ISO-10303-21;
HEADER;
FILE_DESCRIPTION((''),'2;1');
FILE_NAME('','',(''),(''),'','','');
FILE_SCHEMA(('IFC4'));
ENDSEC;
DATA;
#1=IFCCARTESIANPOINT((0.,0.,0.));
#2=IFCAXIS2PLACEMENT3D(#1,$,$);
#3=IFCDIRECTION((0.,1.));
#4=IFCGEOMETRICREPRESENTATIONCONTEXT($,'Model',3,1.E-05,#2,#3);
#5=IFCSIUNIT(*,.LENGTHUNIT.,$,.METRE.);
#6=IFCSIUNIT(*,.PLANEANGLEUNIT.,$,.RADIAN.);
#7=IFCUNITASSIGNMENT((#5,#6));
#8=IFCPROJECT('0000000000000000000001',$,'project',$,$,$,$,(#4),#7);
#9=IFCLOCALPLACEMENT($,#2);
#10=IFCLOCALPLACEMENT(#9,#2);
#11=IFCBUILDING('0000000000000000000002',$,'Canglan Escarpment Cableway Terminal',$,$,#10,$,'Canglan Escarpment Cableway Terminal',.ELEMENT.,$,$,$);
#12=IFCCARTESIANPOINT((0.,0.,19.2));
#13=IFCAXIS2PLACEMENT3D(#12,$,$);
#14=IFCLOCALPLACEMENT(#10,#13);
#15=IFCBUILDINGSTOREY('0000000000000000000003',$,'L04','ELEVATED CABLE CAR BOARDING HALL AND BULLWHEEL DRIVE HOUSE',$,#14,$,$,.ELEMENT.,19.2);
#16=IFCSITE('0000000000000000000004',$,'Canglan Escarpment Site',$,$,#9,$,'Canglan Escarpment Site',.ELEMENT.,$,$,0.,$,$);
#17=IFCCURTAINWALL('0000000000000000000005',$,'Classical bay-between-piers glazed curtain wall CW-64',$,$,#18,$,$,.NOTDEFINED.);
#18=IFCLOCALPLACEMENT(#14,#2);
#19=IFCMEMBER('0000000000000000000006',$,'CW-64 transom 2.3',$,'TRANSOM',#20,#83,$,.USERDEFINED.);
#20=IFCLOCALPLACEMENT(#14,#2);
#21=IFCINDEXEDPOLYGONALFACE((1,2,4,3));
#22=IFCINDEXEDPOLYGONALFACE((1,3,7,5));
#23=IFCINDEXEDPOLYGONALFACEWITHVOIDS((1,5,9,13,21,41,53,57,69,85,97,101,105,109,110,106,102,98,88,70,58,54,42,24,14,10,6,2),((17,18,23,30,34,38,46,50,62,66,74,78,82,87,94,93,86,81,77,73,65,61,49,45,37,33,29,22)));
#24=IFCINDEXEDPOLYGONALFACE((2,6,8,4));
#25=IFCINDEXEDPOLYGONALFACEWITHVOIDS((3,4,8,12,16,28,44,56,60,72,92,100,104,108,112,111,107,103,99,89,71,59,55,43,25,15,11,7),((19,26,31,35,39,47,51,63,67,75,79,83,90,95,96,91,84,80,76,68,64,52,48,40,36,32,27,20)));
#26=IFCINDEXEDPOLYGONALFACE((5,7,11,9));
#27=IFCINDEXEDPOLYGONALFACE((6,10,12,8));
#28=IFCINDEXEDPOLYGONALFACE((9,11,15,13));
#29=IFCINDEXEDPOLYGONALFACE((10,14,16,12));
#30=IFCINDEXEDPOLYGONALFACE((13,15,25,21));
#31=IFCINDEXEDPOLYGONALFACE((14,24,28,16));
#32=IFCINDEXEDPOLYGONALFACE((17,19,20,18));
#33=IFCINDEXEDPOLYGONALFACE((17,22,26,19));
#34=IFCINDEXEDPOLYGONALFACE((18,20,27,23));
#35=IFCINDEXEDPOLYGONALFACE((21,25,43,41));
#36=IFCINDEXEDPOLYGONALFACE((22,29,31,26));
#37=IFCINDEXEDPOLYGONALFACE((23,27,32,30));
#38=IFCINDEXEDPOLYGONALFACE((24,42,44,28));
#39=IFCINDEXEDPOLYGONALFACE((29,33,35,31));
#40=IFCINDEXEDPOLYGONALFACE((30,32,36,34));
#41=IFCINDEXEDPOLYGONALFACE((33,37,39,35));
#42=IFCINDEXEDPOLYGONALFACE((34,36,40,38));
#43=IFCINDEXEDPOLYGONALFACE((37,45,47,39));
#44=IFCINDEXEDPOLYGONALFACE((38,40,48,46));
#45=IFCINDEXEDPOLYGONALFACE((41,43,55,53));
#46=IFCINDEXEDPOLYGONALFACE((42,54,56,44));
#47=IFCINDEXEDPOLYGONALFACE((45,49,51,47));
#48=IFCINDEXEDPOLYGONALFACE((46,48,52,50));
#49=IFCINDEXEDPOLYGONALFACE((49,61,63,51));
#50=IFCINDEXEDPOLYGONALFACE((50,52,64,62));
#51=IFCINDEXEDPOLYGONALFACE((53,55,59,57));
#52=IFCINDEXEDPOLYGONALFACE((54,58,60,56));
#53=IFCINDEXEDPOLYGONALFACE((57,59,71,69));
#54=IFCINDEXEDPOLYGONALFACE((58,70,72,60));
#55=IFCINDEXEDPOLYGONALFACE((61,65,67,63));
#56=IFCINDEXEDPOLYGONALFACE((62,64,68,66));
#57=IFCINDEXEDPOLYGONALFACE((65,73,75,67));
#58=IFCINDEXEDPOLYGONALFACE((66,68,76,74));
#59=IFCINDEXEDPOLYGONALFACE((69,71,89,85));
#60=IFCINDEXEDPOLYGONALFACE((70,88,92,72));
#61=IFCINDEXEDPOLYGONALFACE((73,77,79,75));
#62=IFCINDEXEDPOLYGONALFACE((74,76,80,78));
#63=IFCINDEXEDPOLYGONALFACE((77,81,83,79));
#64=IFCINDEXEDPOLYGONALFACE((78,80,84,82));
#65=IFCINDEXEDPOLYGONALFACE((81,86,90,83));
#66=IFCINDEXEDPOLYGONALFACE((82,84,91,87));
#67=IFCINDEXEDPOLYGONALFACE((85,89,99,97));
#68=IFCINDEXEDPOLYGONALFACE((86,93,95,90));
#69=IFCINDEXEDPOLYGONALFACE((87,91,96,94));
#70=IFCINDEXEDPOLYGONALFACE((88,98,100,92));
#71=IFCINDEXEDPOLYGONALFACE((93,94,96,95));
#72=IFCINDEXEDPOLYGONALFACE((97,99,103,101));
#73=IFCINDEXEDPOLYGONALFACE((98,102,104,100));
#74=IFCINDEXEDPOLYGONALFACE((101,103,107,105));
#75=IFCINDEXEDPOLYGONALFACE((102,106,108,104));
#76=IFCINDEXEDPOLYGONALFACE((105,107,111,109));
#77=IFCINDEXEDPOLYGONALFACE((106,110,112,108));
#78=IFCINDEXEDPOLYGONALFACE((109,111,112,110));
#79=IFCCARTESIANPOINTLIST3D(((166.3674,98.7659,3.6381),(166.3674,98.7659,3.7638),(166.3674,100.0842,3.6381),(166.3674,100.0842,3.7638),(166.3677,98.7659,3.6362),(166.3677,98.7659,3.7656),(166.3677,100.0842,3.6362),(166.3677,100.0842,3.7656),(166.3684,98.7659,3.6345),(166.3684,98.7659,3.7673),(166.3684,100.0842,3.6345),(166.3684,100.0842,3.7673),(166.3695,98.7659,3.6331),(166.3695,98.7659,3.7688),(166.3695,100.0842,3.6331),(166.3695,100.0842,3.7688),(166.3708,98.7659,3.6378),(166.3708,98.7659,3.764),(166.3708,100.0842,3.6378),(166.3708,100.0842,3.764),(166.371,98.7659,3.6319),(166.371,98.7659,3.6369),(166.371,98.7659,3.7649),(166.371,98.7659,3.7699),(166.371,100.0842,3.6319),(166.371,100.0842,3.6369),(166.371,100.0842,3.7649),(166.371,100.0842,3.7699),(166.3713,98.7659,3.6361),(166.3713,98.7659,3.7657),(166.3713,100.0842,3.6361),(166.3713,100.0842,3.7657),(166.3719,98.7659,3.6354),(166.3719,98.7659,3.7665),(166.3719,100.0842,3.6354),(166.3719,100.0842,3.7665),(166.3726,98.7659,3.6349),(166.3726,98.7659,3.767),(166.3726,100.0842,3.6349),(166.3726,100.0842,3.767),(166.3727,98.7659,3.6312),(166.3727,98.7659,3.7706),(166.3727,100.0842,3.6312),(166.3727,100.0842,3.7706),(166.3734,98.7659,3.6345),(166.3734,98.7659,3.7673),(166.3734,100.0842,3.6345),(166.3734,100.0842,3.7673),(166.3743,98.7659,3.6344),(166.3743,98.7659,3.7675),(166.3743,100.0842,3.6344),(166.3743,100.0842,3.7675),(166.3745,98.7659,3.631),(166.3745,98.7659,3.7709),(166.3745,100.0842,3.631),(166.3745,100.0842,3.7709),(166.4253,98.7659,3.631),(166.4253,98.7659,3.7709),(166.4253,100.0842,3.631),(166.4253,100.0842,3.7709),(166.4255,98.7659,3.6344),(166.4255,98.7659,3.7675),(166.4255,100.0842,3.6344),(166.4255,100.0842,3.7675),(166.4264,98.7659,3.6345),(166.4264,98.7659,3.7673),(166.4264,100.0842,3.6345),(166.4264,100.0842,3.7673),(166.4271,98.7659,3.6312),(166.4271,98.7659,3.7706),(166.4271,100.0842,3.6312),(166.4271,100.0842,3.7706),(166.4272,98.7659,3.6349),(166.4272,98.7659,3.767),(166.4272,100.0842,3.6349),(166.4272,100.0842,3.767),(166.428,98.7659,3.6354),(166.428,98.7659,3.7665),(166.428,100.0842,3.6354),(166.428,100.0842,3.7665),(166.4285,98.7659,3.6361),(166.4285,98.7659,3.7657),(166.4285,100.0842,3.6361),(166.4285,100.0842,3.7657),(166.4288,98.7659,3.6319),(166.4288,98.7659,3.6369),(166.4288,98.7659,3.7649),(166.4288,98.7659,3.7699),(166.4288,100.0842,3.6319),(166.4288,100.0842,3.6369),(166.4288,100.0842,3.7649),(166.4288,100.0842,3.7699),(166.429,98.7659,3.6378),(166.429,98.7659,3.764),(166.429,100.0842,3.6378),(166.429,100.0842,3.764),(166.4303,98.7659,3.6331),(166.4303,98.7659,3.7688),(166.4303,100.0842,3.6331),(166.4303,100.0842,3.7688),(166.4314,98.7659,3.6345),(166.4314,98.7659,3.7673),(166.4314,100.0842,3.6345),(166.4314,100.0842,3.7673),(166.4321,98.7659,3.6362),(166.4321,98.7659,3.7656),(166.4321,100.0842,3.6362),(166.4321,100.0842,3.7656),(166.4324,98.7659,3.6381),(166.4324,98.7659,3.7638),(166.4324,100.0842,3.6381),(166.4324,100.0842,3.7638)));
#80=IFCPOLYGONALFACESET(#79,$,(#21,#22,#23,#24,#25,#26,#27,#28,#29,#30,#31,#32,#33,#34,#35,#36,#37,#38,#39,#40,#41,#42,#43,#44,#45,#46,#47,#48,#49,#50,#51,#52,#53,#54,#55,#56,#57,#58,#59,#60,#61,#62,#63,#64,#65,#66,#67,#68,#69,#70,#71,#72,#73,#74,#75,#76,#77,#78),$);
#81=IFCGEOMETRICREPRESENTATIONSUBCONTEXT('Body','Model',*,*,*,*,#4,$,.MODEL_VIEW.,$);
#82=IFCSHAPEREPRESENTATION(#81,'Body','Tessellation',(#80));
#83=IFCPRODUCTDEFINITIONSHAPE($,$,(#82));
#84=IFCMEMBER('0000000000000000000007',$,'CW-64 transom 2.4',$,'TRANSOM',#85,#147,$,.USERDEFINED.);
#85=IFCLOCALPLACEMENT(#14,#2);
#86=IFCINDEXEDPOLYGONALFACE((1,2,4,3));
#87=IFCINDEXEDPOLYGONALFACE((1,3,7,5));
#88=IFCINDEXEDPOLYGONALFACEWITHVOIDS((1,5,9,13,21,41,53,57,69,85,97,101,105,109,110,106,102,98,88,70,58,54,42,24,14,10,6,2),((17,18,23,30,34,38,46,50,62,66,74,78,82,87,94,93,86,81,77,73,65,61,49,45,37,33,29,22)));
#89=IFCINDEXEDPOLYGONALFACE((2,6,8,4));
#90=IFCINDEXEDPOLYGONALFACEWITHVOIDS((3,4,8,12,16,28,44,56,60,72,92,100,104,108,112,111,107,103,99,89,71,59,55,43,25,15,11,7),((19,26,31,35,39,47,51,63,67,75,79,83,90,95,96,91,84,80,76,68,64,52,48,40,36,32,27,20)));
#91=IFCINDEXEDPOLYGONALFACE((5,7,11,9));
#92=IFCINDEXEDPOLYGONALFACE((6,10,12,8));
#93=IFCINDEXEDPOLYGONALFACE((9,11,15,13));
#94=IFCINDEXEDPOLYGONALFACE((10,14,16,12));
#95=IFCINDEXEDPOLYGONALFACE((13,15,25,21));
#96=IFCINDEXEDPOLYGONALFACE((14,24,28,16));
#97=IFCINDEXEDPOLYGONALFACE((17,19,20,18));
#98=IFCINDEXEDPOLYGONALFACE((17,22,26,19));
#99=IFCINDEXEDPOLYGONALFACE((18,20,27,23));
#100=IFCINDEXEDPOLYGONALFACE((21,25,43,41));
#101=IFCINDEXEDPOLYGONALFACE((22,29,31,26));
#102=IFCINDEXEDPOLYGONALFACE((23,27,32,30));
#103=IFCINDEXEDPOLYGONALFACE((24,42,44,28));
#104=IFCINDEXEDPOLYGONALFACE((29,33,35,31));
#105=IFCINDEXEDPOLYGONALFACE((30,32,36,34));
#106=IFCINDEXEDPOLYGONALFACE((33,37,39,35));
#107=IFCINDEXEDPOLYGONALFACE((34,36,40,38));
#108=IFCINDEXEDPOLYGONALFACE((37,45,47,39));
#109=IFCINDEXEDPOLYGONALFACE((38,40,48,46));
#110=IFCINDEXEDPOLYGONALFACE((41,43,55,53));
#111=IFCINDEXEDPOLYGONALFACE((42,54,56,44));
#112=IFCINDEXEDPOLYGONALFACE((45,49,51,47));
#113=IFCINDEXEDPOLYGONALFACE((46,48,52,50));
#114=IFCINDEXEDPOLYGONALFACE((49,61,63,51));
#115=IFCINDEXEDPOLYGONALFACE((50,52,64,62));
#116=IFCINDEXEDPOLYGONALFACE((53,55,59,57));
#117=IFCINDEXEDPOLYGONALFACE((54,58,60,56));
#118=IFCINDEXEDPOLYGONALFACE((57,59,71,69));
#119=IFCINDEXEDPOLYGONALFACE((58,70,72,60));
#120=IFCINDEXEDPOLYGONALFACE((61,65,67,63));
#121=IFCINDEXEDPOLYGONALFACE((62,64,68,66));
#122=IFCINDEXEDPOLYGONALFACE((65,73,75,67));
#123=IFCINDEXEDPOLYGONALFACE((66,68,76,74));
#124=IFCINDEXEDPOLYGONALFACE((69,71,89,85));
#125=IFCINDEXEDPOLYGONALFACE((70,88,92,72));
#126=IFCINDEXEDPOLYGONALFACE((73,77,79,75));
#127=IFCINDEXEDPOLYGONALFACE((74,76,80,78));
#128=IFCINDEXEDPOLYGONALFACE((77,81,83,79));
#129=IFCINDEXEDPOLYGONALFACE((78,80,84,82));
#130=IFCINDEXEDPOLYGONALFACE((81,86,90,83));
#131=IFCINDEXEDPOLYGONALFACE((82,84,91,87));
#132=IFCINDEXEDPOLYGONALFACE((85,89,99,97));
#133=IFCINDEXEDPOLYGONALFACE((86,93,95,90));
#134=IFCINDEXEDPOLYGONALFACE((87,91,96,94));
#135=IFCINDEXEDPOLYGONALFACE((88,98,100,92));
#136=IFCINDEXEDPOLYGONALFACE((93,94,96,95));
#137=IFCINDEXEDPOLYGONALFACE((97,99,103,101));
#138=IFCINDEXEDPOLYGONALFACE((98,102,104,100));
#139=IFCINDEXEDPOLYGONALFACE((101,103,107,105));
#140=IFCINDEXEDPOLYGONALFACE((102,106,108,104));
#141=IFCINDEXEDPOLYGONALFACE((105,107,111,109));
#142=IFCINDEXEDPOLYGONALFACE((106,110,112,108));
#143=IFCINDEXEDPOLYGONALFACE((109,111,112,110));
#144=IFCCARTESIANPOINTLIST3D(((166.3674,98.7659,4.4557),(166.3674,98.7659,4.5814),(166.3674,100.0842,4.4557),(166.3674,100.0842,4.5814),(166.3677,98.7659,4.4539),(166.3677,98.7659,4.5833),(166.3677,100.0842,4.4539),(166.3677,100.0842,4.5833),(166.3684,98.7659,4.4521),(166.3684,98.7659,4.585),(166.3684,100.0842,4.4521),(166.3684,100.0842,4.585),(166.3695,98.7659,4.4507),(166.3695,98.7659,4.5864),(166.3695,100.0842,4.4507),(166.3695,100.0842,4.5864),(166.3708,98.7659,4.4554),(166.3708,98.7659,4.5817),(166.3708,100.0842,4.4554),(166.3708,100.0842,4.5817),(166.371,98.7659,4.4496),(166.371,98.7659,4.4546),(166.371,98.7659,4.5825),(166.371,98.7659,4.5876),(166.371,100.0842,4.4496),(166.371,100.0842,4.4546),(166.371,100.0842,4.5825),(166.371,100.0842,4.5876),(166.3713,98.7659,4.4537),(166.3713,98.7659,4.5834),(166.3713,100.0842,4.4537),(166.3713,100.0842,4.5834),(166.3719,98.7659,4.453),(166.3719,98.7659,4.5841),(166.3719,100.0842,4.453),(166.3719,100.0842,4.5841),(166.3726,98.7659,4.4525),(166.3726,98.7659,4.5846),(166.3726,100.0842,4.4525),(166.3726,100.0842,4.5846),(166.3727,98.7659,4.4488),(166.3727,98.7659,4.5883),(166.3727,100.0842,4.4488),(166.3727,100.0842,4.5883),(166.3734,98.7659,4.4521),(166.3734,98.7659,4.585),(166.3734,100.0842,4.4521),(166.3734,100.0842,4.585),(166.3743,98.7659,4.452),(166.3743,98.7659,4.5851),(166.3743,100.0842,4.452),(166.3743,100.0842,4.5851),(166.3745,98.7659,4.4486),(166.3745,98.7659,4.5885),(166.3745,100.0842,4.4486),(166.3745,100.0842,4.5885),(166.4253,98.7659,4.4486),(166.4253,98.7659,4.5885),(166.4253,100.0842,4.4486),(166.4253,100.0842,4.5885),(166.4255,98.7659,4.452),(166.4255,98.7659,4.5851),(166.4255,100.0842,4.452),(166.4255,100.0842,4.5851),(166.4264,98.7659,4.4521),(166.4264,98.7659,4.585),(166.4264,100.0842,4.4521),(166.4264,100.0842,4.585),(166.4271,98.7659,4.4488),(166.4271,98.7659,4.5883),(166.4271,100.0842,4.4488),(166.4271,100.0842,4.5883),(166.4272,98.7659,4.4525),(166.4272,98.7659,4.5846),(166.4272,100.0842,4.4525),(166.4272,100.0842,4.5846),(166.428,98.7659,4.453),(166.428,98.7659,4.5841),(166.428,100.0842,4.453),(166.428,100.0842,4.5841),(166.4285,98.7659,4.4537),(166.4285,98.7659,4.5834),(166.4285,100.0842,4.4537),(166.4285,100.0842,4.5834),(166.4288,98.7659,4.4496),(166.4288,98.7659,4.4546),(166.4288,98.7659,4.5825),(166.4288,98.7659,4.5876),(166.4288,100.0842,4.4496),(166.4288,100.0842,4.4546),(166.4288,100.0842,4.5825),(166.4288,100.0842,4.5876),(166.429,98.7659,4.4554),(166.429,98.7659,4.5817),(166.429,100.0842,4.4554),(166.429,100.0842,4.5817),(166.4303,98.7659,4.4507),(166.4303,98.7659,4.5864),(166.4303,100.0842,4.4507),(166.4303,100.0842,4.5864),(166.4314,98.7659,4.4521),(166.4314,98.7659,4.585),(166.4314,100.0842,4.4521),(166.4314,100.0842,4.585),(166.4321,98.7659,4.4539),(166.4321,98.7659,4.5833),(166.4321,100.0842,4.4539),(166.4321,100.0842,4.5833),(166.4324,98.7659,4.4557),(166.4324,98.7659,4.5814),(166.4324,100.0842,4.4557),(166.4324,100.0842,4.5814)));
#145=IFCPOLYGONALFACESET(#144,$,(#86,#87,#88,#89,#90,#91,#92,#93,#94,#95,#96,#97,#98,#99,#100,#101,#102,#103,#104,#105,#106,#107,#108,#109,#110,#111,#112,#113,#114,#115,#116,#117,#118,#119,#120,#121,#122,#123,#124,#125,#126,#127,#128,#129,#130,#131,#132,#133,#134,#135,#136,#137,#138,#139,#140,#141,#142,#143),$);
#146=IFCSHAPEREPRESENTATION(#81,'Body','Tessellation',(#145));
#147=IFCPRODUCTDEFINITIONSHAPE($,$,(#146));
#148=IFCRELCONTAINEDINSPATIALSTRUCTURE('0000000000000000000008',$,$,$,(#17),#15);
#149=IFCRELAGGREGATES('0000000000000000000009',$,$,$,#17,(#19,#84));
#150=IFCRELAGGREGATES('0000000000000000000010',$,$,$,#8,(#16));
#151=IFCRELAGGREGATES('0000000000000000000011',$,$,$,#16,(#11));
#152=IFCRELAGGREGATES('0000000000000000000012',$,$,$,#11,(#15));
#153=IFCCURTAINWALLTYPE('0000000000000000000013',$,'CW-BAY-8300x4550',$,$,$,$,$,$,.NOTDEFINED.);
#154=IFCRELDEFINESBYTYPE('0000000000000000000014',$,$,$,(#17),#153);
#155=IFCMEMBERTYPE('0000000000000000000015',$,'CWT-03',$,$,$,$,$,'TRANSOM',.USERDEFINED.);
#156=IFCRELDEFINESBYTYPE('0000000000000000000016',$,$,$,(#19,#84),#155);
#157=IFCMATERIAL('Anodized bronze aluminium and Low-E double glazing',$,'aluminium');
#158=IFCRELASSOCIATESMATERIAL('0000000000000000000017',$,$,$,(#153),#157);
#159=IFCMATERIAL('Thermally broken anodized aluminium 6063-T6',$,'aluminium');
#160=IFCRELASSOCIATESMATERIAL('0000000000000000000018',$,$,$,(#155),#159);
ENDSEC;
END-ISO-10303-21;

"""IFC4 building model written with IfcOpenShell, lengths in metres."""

from ifc_helpers import new_model, si_unit, direction, frame, origin, origin_2d, place, context, subcontext, project, spatial, hollow_rectangle, extrude, material, material_profile, profile_set, type_object, element, aggregate, save


model = new_model("IFC4")

# Units and contexts
model_context = context("Model", 3, precision=1e-05, world=origin(), true_north=direction((0.0, 1.0)))
body_context = subcontext(model_context, "Body", "Model", "MODEL_VIEW")
ifc_project = project(units=[si_unit("LENGTHUNIT", "METRE"), si_unit("PLANEANGLEUNIT", "RADIAN")], contexts=[model_context])

# Site, building, storey
site_placement = place(None, origin())
site = spatial("IfcSite", under=ifc_project, at=site_placement, Name="Canglan Escarpment Site", LongName="Canglan Escarpment Site", CompositionType="ELEMENT", RefElevation=0.0)
building_placement = place(site_placement, origin())
building = spatial("IfcBuilding", under=site, at=building_placement, Name="Canglan Escarpment Cableway Terminal", LongName="Canglan Escarpment Cableway Terminal", CompositionType="ELEMENT")
storey_placement = place(building_placement, frame((0.0, 0.0, 19.2)))
storey = spatial("IfcBuildingStorey", under=building, at=storey_placement, Name="L04", Description="ELEVATED CABLE CAR BOARDING HALL AND BULLWHEEL DRIVE HOUSE", CompositionType="ELEMENT", Elevation=19.2)

# Curtain wall, members
ifc_material_1 = material(Name="Anodized bronze aluminium and Low-E double glazing", Category="aluminium")
curtain_wall_type = type_object("IfcCurtainWallType", Name="CW-BAY-8300x4550", PredefinedType="NOTDEFINED", material=ifc_material_1)
curtain_wall_placement = place(storey_placement, origin())
curtain_wall = element("IfcCurtainWall", 1, at=curtain_wall_placement, inside=storey, type_object=curtain_wall_type, Name="Classical bay-between-piers glazed curtain wall CW-64", PredefinedType="NOTDEFINED")
ifc_material_2 = material(Name="Thermally broken anodized aluminium 6063-T6", Category="aluminium")
ifc_material_profile_1 = material_profile(ifc_material_2, hollow_rectangle(XDim=0.0649, YDim=0.1399, WallThickness=0.0034, InnerFilletRadius=0.0034, OuterFilletRadius=0.0071, at=origin_2d()), Name="ALU-TRAN 65x140x3.5")
ifc_profile_set_1 = profile_set([ifc_material_profile_1], Name="Thermally broken anodized aluminium 6063-T6")
member_type_1 = type_object("IfcMemberType", Name="CWT-03", ElementType="TRANSOM", PredefinedType="USERDEFINED", material=ifc_profile_set_1)
member_1_placement = place(storey_placement, frame((166.3999, 98.7659, 3.7009), z_axis=(0.0, 1.0, 0.0), x_axis=(-1.0, 0.0, 0.0)))
member_1 = element("IfcMember", 2, at=member_1_placement, type_object=member_type_1, Name="CW-64 transom 2.3", ObjectType="TRANSOM", PredefinedType="USERDEFINED", context=body_context, shape_type="SweptSolid", body=[
    extrude(hollow_rectangle(XDim=0.0649, YDim=0.1399, WallThickness=0.0034, InnerFilletRadius=0.0034, OuterFilletRadius=0.0071, at=origin_2d()), origin(), (0.0, 0.0, 1.0), 1.3184),
])
member_2_placement = place(storey_placement, frame((166.3999, 98.7659, 4.5186), z_axis=(0.0, 1.0, 0.0), x_axis=(-1.0, 0.0, 0.0)))
member_2 = element("IfcMember", 3, at=member_2_placement, type_object=member_type_1, Name="CW-64 transom 2.4", ObjectType="TRANSOM", PredefinedType="USERDEFINED", context=body_context, shape_type="SweptSolid", body=[
    extrude(hollow_rectangle(XDim=0.0649, YDim=0.1399, WallThickness=0.0034, InnerFilletRadius=0.0034, OuterFilletRadius=0.0071, at=origin_2d()), origin(), (0.0, 0.0, 1.0), 1.3184),
])
aggregate(curtain_wall, [member_1, member_2])

save(model, "model.ifc")
